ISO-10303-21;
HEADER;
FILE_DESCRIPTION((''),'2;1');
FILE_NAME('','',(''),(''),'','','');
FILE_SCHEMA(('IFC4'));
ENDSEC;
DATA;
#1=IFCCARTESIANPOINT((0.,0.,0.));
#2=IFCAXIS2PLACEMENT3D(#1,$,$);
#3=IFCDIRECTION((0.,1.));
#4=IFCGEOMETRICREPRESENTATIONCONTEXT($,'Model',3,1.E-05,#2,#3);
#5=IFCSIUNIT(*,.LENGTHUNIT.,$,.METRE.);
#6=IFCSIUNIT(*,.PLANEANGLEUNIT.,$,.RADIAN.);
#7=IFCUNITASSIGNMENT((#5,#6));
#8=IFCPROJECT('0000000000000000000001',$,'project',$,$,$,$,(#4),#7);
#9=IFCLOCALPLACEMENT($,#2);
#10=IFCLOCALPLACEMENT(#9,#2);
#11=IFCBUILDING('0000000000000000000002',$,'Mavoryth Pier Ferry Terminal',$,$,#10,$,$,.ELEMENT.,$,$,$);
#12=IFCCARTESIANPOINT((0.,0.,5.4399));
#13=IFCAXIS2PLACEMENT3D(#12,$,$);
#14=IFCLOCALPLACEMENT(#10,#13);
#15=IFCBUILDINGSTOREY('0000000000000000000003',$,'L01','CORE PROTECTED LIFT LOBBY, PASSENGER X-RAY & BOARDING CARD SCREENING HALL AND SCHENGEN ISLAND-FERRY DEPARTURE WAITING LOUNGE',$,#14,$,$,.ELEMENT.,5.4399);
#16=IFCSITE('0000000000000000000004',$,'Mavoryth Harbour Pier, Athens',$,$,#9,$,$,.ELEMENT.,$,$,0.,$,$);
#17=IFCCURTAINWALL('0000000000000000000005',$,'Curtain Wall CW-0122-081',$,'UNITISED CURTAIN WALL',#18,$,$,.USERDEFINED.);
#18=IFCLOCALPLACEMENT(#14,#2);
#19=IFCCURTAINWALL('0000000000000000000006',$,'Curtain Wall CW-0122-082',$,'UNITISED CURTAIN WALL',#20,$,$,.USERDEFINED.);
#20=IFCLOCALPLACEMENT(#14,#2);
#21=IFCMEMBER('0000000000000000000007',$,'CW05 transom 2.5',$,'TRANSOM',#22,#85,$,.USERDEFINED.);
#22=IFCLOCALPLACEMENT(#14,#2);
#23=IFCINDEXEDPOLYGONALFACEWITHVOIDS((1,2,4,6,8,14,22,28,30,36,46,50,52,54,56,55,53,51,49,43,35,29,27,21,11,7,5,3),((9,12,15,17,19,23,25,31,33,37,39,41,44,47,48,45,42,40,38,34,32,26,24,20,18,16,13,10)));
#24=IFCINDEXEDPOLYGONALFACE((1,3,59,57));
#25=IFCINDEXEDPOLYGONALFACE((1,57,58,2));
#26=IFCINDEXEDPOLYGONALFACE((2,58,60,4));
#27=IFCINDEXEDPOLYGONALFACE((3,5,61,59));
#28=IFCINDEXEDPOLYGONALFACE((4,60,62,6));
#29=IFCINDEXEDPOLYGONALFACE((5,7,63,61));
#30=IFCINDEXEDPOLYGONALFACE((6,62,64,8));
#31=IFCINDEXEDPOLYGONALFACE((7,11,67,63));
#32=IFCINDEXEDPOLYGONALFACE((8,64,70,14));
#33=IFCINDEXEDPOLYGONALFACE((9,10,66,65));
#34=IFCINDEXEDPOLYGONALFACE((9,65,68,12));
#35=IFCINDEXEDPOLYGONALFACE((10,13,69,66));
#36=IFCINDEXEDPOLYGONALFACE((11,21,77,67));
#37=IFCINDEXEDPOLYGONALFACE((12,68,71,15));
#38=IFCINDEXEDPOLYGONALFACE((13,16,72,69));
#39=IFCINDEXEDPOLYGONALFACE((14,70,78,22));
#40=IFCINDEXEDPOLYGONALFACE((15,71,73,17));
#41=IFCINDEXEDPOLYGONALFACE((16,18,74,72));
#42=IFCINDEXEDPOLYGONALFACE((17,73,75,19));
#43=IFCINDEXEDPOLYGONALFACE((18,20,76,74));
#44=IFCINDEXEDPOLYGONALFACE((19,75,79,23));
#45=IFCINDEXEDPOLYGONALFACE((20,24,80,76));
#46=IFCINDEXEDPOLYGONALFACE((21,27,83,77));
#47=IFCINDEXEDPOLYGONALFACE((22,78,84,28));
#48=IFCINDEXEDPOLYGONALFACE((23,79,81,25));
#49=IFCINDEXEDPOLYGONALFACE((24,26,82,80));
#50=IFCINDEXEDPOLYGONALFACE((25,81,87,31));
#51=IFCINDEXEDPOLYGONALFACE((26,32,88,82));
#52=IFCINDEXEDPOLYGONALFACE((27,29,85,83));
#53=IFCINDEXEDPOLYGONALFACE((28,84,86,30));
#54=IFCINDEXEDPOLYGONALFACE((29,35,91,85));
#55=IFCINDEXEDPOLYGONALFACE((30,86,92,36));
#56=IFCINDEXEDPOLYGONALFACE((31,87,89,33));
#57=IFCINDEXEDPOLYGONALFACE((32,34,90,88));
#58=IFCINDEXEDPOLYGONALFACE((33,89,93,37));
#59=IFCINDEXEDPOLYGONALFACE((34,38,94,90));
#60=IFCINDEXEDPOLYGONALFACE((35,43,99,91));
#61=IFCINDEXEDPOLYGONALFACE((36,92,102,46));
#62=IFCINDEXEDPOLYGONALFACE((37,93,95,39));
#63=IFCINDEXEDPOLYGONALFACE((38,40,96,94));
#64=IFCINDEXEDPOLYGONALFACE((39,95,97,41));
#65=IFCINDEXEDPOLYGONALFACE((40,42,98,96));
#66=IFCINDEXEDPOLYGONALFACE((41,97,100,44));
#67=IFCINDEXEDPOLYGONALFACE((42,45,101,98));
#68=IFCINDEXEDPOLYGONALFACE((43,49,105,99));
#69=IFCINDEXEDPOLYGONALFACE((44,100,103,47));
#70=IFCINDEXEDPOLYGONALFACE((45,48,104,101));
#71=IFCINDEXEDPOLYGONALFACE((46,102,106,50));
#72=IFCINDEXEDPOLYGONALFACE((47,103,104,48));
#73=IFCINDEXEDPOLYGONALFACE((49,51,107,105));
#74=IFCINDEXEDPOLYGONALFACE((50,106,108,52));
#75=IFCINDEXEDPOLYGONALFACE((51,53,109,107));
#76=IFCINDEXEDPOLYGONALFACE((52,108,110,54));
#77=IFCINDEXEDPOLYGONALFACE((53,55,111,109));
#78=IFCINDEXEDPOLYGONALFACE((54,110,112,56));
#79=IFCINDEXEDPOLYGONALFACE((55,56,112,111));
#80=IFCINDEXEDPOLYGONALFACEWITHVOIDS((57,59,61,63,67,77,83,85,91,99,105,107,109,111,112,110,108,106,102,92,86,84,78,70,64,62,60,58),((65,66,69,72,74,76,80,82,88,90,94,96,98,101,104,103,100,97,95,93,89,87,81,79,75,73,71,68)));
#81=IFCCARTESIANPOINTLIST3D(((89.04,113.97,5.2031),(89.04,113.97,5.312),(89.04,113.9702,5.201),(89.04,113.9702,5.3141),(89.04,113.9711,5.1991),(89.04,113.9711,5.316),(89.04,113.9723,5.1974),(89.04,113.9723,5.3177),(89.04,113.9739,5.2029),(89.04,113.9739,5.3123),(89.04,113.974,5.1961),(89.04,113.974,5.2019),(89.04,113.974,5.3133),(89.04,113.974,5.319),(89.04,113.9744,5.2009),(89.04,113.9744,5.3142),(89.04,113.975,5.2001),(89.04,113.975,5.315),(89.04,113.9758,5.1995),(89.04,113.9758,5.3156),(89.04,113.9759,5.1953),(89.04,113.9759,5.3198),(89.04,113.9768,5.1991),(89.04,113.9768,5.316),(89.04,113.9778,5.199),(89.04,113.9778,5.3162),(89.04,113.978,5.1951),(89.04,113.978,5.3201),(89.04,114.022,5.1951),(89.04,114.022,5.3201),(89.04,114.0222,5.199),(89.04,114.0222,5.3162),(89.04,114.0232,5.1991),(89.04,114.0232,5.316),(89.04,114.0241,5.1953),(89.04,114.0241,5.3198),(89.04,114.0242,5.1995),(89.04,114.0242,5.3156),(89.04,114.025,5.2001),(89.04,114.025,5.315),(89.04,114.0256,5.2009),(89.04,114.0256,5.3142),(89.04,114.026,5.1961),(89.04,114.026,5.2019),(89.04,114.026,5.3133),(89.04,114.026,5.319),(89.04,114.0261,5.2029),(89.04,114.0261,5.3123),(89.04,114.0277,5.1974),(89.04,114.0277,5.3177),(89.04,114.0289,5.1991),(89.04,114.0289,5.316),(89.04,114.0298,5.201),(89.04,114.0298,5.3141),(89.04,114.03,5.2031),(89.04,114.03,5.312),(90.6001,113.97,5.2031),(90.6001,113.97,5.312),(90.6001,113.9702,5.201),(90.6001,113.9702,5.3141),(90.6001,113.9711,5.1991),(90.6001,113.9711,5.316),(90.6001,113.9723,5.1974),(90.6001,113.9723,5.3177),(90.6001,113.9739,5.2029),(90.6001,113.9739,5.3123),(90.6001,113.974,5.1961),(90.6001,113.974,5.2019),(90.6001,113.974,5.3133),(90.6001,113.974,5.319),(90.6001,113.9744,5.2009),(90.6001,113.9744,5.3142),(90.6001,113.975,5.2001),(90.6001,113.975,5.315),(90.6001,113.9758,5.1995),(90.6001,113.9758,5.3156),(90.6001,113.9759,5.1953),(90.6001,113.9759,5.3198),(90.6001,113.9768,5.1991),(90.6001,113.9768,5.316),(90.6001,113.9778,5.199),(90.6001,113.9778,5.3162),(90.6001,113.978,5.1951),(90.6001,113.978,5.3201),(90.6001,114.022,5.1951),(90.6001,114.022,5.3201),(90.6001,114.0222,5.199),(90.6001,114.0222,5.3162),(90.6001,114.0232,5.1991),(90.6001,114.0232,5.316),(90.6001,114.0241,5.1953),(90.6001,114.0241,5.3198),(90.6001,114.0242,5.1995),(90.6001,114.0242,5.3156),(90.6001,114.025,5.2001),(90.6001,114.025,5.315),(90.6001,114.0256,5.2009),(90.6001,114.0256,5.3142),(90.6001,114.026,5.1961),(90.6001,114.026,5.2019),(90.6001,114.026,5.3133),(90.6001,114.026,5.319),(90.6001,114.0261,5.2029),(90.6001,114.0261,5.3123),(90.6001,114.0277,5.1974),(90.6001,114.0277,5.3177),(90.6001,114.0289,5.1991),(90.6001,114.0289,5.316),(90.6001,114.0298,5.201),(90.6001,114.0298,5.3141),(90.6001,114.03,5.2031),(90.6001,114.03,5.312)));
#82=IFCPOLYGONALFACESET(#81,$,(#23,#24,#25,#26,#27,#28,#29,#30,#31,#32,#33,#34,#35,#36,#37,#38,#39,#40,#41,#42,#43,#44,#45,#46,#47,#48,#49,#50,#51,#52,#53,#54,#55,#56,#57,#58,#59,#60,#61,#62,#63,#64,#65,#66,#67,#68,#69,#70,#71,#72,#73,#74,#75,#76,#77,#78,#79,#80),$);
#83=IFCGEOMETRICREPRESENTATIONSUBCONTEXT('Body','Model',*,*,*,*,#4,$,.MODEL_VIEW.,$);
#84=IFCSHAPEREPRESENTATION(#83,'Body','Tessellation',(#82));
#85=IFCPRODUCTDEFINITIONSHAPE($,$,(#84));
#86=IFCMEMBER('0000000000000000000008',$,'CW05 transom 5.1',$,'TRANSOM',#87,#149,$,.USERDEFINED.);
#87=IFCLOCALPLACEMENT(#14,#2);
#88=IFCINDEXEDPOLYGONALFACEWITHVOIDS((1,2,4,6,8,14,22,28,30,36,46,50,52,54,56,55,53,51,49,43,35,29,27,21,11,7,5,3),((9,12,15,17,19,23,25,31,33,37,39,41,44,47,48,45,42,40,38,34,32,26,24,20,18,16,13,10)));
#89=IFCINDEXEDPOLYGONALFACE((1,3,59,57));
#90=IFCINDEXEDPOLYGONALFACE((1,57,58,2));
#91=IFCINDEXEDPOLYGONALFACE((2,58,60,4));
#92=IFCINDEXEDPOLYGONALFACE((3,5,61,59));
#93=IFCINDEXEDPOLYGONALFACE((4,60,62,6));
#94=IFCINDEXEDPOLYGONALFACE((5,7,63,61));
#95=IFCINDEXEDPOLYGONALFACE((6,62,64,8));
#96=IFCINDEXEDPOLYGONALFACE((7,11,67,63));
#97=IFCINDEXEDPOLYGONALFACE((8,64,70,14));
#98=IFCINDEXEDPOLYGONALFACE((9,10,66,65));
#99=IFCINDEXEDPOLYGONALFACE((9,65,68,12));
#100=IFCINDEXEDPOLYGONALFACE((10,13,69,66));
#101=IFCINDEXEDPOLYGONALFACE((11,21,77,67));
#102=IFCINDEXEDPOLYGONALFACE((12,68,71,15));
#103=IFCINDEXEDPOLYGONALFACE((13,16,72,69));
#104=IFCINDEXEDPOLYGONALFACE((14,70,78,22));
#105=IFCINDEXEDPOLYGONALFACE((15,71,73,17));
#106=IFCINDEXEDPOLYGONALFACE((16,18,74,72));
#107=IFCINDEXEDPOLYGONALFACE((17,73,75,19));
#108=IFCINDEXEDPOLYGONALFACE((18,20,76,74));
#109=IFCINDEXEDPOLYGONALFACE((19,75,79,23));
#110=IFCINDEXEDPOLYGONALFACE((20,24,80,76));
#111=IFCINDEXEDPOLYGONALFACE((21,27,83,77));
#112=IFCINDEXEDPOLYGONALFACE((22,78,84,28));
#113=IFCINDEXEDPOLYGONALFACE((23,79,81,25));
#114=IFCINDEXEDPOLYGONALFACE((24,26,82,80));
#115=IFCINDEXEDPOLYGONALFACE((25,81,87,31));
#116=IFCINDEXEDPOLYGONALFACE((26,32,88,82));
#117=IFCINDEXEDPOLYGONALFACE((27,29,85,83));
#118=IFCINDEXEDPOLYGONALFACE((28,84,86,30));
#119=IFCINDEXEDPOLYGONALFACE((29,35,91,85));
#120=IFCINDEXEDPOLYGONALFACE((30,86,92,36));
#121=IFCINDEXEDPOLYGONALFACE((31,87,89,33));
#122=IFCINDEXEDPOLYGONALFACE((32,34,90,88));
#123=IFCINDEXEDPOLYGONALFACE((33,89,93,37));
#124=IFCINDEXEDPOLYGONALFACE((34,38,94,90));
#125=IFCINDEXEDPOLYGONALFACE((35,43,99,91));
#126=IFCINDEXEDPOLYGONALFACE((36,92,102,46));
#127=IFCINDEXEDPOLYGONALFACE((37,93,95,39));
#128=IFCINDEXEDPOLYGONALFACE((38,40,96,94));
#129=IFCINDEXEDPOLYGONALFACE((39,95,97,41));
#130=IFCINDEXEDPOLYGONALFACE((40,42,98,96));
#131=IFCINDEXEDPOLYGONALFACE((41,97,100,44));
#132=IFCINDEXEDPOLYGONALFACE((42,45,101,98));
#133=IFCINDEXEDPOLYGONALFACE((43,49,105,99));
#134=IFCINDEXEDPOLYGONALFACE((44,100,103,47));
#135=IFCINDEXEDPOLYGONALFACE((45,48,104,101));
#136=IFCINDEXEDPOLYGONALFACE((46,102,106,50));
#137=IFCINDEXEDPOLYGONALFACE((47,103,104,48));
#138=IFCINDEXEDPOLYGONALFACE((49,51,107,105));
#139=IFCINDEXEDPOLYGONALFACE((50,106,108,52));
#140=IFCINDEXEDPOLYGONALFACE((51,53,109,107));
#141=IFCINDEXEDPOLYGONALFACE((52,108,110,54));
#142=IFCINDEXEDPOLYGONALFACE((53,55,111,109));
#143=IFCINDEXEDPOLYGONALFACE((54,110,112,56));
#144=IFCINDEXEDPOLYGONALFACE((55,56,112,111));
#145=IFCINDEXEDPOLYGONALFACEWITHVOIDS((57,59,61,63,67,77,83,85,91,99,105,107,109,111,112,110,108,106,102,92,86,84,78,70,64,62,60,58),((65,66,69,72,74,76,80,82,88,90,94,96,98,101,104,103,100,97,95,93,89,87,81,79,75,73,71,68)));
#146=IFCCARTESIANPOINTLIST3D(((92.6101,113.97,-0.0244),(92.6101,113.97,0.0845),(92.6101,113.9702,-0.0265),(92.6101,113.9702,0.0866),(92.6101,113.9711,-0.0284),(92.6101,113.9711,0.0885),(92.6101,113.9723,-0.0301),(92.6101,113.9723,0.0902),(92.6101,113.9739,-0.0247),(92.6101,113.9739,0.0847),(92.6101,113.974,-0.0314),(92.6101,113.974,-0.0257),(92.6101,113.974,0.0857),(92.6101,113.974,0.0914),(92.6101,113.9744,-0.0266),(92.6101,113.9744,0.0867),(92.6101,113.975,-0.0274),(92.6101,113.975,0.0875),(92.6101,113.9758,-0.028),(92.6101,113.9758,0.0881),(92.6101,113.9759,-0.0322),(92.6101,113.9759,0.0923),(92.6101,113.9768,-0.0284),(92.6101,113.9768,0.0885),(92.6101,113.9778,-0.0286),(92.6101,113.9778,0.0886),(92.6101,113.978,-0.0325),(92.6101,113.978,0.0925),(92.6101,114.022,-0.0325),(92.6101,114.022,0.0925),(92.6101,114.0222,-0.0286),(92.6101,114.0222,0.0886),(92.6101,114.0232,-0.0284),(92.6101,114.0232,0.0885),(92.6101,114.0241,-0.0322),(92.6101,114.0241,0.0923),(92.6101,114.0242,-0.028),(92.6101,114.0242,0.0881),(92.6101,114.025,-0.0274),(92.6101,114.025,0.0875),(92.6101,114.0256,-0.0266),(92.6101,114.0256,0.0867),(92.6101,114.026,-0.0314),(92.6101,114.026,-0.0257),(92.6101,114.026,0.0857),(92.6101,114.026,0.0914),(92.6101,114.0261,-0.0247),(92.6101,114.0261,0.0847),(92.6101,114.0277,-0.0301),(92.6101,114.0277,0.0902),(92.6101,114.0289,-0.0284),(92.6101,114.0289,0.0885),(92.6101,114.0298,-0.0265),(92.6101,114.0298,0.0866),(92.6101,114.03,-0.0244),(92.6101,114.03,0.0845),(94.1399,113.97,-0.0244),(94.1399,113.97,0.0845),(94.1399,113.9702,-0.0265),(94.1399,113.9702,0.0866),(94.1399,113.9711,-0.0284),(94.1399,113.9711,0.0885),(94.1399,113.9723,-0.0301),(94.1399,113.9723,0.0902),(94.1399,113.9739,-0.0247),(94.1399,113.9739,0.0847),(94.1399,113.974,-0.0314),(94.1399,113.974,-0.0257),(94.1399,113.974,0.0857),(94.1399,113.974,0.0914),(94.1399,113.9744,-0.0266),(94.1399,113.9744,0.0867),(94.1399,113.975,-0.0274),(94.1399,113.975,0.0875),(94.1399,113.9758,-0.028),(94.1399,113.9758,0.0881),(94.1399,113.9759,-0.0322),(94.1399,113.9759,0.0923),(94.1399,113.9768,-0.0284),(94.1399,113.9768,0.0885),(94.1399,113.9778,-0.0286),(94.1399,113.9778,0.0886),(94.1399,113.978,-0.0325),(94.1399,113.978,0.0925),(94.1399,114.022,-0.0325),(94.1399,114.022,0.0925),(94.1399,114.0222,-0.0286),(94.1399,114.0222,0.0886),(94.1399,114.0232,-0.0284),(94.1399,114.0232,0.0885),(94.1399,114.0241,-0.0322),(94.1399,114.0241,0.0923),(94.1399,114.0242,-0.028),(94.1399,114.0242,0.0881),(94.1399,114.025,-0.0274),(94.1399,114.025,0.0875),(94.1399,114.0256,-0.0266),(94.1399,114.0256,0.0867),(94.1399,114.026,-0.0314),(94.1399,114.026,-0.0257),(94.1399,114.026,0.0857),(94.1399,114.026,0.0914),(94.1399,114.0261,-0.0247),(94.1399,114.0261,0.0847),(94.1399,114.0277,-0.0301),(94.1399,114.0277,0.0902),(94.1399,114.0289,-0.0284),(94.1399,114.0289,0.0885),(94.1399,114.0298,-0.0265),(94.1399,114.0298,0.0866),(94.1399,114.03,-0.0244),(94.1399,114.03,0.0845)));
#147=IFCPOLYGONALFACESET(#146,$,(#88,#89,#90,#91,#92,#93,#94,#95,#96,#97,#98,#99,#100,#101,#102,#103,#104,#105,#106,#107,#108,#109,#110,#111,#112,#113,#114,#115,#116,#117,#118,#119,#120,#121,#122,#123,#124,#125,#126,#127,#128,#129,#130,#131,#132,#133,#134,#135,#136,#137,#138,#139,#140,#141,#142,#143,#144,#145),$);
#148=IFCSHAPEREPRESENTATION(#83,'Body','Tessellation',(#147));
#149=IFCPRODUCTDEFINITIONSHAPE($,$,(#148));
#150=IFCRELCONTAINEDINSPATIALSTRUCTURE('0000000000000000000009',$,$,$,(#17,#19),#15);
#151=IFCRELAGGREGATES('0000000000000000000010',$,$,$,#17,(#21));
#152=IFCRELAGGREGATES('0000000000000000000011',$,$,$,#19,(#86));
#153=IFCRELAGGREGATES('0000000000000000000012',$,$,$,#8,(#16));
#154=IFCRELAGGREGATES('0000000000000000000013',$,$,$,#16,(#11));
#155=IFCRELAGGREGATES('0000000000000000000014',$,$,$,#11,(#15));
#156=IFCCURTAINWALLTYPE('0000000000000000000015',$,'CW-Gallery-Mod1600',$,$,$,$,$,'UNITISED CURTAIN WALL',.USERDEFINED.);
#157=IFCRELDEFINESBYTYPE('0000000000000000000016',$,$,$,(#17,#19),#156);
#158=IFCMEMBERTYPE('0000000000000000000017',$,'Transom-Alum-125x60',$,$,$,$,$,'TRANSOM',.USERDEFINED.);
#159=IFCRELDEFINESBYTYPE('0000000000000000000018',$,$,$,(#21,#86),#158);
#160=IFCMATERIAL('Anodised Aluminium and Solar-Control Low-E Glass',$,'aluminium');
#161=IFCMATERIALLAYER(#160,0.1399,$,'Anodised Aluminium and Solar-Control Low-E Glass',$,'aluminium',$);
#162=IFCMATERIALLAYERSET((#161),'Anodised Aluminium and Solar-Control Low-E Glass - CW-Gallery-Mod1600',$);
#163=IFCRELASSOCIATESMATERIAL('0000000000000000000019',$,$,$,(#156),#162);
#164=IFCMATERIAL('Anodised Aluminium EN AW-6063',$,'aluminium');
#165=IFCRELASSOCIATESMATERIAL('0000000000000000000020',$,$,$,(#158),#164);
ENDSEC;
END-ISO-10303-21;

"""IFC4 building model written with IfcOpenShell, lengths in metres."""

from ifc_helpers import new_model, si_unit, direction, frame, origin, origin_2d, place, context, subcontext, project, spatial, hollow_rectangle, extrude, material, layer, layer_set, material_profile, profile_set, type_object, element, aggregate, save


model = new_model("IFC4")

# Units and contexts
model_context = context("Model", 3, precision=1e-05, world=origin(), true_north=direction((0.0, 1.0)))
body_context = subcontext(model_context, "Body", "Model", "MODEL_VIEW")
ifc_project = project(units=[si_unit("LENGTHUNIT", "METRE"), si_unit("PLANEANGLEUNIT", "RADIAN")], contexts=[model_context])

# Site, building, storey
site_placement = place(None, origin())
site = spatial("IfcSite", under=ifc_project, at=site_placement, Name="Mavoryth Harbour Pier, Athens", CompositionType="ELEMENT", RefElevation=0.0)
building_placement = place(site_placement, origin())
building = spatial("IfcBuilding", under=site, at=building_placement, Name="Mavoryth Pier Ferry Terminal", CompositionType="ELEMENT")
storey_placement = place(building_placement, frame((0.0, 0.0, 5.4399)))
storey = spatial("IfcBuildingStorey", under=building, at=storey_placement, Name="L01", Description="CORE PROTECTED LIFT LOBBY, PASSENGER X-RAY & BOARDING CARD SCREENING HALL AND SCHENGEN ISLAND-FERRY DEPARTURE WAITING LOUNGE", CompositionType="ELEMENT", Elevation=5.4399)

# Curtain walls
ifc_material_1 = material(Name="Anodised Aluminium and Solar-Control Low-E Glass", Category="aluminium")
ifc_layer_1 = layer(ifc_material_1, 0.1399, Name="Anodised Aluminium and Solar-Control Low-E Glass", Category="aluminium")
ifc_layer_set_1 = layer_set([ifc_layer_1], Name="Anodised Aluminium and Solar-Control Low-E Glass - CW-Gallery-Mod1600")
curtain_wall_type = type_object("IfcCurtainWallType", Name="CW-Gallery-Mod1600", ElementType="UNITISED CURTAIN WALL", PredefinedType="USERDEFINED", material=ifc_layer_set_1)
curtain_wall_1_placement = place(storey_placement, origin())
curtain_wall_1 = element("IfcCurtainWall", 1, at=curtain_wall_1_placement, inside=storey, type_object=curtain_wall_type, Name="Curtain Wall CW-0122-081", ObjectType="UNITISED CURTAIN WALL", PredefinedType="USERDEFINED")
ifc_material_2 = material(Name="Anodised Aluminium EN AW-6063", Category="aluminium")
curtain_wall_2_placement = place(storey_placement, origin())
curtain_wall_2 = element("IfcCurtainWall", 2, at=curtain_wall_2_placement, inside=storey, type_object=curtain_wall_type, Name="Curtain Wall CW-0122-082", ObjectType="UNITISED CURTAIN WALL", PredefinedType="USERDEFINED")

# Members
ifc_material_profile_1 = material_profile(ifc_material_2, hollow_rectangle(XDim=0.0601, YDim=0.125, WallThickness=0.0039, InnerFilletRadius=0.0039, OuterFilletRadius=0.0081, at=origin_2d()), Name="AL-TRAN 125x60x4", Category="aluminium")
ifc_profile_set_1 = profile_set([ifc_material_profile_1], Name="Anodised Aluminium EN AW-6063 - AL-TRAN 125x60x4")
member_type_1 = type_object("IfcMemberType", Name="Transom-Alum-125x60", ElementType="TRANSOM", PredefinedType="USERDEFINED", material=ifc_profile_set_1)
member_1_placement = place(storey_placement, frame((90.6001, 114.0, 5.2576), z_axis=(-1.0, 0.0, 0.0), x_axis=(0.0, -1.0, 0.0)))
member_1 = element("IfcMember", 3, at=member_1_placement, type_object=member_type_1, Name="CW05 transom 2.5", ObjectType="TRANSOM", PredefinedType="USERDEFINED", context=body_context, shape_type="SweptSolid", body=[
    extrude(hollow_rectangle(XDim=0.0601, YDim=0.125, WallThickness=0.0039, InnerFilletRadius=0.0039, OuterFilletRadius=0.0081, at=origin_2d()), origin(), (0.0, 0.0, 1.0), 1.5601),
])
member_2_placement = place(storey_placement, frame((94.1399, 114.0, 0.03), z_axis=(-1.0, 0.0, 0.0), x_axis=(0.0, -1.0, 0.0)))
member_2 = element("IfcMember", 4, at=member_2_placement, type_object=member_type_1, Name="CW05 transom 5.1", ObjectType="TRANSOM", PredefinedType="USERDEFINED", context=body_context, shape_type="SweptSolid", body=[
    extrude(hollow_rectangle(XDim=0.0601, YDim=0.125, WallThickness=0.0039, InnerFilletRadius=0.0039, OuterFilletRadius=0.0081, at=origin_2d()), origin(), (0.0, 0.0, 1.0), 1.5298),
])

aggregate(curtain_wall_1, [member_1])
aggregate(curtain_wall_2, [member_2])

save(model, "model.ifc")
